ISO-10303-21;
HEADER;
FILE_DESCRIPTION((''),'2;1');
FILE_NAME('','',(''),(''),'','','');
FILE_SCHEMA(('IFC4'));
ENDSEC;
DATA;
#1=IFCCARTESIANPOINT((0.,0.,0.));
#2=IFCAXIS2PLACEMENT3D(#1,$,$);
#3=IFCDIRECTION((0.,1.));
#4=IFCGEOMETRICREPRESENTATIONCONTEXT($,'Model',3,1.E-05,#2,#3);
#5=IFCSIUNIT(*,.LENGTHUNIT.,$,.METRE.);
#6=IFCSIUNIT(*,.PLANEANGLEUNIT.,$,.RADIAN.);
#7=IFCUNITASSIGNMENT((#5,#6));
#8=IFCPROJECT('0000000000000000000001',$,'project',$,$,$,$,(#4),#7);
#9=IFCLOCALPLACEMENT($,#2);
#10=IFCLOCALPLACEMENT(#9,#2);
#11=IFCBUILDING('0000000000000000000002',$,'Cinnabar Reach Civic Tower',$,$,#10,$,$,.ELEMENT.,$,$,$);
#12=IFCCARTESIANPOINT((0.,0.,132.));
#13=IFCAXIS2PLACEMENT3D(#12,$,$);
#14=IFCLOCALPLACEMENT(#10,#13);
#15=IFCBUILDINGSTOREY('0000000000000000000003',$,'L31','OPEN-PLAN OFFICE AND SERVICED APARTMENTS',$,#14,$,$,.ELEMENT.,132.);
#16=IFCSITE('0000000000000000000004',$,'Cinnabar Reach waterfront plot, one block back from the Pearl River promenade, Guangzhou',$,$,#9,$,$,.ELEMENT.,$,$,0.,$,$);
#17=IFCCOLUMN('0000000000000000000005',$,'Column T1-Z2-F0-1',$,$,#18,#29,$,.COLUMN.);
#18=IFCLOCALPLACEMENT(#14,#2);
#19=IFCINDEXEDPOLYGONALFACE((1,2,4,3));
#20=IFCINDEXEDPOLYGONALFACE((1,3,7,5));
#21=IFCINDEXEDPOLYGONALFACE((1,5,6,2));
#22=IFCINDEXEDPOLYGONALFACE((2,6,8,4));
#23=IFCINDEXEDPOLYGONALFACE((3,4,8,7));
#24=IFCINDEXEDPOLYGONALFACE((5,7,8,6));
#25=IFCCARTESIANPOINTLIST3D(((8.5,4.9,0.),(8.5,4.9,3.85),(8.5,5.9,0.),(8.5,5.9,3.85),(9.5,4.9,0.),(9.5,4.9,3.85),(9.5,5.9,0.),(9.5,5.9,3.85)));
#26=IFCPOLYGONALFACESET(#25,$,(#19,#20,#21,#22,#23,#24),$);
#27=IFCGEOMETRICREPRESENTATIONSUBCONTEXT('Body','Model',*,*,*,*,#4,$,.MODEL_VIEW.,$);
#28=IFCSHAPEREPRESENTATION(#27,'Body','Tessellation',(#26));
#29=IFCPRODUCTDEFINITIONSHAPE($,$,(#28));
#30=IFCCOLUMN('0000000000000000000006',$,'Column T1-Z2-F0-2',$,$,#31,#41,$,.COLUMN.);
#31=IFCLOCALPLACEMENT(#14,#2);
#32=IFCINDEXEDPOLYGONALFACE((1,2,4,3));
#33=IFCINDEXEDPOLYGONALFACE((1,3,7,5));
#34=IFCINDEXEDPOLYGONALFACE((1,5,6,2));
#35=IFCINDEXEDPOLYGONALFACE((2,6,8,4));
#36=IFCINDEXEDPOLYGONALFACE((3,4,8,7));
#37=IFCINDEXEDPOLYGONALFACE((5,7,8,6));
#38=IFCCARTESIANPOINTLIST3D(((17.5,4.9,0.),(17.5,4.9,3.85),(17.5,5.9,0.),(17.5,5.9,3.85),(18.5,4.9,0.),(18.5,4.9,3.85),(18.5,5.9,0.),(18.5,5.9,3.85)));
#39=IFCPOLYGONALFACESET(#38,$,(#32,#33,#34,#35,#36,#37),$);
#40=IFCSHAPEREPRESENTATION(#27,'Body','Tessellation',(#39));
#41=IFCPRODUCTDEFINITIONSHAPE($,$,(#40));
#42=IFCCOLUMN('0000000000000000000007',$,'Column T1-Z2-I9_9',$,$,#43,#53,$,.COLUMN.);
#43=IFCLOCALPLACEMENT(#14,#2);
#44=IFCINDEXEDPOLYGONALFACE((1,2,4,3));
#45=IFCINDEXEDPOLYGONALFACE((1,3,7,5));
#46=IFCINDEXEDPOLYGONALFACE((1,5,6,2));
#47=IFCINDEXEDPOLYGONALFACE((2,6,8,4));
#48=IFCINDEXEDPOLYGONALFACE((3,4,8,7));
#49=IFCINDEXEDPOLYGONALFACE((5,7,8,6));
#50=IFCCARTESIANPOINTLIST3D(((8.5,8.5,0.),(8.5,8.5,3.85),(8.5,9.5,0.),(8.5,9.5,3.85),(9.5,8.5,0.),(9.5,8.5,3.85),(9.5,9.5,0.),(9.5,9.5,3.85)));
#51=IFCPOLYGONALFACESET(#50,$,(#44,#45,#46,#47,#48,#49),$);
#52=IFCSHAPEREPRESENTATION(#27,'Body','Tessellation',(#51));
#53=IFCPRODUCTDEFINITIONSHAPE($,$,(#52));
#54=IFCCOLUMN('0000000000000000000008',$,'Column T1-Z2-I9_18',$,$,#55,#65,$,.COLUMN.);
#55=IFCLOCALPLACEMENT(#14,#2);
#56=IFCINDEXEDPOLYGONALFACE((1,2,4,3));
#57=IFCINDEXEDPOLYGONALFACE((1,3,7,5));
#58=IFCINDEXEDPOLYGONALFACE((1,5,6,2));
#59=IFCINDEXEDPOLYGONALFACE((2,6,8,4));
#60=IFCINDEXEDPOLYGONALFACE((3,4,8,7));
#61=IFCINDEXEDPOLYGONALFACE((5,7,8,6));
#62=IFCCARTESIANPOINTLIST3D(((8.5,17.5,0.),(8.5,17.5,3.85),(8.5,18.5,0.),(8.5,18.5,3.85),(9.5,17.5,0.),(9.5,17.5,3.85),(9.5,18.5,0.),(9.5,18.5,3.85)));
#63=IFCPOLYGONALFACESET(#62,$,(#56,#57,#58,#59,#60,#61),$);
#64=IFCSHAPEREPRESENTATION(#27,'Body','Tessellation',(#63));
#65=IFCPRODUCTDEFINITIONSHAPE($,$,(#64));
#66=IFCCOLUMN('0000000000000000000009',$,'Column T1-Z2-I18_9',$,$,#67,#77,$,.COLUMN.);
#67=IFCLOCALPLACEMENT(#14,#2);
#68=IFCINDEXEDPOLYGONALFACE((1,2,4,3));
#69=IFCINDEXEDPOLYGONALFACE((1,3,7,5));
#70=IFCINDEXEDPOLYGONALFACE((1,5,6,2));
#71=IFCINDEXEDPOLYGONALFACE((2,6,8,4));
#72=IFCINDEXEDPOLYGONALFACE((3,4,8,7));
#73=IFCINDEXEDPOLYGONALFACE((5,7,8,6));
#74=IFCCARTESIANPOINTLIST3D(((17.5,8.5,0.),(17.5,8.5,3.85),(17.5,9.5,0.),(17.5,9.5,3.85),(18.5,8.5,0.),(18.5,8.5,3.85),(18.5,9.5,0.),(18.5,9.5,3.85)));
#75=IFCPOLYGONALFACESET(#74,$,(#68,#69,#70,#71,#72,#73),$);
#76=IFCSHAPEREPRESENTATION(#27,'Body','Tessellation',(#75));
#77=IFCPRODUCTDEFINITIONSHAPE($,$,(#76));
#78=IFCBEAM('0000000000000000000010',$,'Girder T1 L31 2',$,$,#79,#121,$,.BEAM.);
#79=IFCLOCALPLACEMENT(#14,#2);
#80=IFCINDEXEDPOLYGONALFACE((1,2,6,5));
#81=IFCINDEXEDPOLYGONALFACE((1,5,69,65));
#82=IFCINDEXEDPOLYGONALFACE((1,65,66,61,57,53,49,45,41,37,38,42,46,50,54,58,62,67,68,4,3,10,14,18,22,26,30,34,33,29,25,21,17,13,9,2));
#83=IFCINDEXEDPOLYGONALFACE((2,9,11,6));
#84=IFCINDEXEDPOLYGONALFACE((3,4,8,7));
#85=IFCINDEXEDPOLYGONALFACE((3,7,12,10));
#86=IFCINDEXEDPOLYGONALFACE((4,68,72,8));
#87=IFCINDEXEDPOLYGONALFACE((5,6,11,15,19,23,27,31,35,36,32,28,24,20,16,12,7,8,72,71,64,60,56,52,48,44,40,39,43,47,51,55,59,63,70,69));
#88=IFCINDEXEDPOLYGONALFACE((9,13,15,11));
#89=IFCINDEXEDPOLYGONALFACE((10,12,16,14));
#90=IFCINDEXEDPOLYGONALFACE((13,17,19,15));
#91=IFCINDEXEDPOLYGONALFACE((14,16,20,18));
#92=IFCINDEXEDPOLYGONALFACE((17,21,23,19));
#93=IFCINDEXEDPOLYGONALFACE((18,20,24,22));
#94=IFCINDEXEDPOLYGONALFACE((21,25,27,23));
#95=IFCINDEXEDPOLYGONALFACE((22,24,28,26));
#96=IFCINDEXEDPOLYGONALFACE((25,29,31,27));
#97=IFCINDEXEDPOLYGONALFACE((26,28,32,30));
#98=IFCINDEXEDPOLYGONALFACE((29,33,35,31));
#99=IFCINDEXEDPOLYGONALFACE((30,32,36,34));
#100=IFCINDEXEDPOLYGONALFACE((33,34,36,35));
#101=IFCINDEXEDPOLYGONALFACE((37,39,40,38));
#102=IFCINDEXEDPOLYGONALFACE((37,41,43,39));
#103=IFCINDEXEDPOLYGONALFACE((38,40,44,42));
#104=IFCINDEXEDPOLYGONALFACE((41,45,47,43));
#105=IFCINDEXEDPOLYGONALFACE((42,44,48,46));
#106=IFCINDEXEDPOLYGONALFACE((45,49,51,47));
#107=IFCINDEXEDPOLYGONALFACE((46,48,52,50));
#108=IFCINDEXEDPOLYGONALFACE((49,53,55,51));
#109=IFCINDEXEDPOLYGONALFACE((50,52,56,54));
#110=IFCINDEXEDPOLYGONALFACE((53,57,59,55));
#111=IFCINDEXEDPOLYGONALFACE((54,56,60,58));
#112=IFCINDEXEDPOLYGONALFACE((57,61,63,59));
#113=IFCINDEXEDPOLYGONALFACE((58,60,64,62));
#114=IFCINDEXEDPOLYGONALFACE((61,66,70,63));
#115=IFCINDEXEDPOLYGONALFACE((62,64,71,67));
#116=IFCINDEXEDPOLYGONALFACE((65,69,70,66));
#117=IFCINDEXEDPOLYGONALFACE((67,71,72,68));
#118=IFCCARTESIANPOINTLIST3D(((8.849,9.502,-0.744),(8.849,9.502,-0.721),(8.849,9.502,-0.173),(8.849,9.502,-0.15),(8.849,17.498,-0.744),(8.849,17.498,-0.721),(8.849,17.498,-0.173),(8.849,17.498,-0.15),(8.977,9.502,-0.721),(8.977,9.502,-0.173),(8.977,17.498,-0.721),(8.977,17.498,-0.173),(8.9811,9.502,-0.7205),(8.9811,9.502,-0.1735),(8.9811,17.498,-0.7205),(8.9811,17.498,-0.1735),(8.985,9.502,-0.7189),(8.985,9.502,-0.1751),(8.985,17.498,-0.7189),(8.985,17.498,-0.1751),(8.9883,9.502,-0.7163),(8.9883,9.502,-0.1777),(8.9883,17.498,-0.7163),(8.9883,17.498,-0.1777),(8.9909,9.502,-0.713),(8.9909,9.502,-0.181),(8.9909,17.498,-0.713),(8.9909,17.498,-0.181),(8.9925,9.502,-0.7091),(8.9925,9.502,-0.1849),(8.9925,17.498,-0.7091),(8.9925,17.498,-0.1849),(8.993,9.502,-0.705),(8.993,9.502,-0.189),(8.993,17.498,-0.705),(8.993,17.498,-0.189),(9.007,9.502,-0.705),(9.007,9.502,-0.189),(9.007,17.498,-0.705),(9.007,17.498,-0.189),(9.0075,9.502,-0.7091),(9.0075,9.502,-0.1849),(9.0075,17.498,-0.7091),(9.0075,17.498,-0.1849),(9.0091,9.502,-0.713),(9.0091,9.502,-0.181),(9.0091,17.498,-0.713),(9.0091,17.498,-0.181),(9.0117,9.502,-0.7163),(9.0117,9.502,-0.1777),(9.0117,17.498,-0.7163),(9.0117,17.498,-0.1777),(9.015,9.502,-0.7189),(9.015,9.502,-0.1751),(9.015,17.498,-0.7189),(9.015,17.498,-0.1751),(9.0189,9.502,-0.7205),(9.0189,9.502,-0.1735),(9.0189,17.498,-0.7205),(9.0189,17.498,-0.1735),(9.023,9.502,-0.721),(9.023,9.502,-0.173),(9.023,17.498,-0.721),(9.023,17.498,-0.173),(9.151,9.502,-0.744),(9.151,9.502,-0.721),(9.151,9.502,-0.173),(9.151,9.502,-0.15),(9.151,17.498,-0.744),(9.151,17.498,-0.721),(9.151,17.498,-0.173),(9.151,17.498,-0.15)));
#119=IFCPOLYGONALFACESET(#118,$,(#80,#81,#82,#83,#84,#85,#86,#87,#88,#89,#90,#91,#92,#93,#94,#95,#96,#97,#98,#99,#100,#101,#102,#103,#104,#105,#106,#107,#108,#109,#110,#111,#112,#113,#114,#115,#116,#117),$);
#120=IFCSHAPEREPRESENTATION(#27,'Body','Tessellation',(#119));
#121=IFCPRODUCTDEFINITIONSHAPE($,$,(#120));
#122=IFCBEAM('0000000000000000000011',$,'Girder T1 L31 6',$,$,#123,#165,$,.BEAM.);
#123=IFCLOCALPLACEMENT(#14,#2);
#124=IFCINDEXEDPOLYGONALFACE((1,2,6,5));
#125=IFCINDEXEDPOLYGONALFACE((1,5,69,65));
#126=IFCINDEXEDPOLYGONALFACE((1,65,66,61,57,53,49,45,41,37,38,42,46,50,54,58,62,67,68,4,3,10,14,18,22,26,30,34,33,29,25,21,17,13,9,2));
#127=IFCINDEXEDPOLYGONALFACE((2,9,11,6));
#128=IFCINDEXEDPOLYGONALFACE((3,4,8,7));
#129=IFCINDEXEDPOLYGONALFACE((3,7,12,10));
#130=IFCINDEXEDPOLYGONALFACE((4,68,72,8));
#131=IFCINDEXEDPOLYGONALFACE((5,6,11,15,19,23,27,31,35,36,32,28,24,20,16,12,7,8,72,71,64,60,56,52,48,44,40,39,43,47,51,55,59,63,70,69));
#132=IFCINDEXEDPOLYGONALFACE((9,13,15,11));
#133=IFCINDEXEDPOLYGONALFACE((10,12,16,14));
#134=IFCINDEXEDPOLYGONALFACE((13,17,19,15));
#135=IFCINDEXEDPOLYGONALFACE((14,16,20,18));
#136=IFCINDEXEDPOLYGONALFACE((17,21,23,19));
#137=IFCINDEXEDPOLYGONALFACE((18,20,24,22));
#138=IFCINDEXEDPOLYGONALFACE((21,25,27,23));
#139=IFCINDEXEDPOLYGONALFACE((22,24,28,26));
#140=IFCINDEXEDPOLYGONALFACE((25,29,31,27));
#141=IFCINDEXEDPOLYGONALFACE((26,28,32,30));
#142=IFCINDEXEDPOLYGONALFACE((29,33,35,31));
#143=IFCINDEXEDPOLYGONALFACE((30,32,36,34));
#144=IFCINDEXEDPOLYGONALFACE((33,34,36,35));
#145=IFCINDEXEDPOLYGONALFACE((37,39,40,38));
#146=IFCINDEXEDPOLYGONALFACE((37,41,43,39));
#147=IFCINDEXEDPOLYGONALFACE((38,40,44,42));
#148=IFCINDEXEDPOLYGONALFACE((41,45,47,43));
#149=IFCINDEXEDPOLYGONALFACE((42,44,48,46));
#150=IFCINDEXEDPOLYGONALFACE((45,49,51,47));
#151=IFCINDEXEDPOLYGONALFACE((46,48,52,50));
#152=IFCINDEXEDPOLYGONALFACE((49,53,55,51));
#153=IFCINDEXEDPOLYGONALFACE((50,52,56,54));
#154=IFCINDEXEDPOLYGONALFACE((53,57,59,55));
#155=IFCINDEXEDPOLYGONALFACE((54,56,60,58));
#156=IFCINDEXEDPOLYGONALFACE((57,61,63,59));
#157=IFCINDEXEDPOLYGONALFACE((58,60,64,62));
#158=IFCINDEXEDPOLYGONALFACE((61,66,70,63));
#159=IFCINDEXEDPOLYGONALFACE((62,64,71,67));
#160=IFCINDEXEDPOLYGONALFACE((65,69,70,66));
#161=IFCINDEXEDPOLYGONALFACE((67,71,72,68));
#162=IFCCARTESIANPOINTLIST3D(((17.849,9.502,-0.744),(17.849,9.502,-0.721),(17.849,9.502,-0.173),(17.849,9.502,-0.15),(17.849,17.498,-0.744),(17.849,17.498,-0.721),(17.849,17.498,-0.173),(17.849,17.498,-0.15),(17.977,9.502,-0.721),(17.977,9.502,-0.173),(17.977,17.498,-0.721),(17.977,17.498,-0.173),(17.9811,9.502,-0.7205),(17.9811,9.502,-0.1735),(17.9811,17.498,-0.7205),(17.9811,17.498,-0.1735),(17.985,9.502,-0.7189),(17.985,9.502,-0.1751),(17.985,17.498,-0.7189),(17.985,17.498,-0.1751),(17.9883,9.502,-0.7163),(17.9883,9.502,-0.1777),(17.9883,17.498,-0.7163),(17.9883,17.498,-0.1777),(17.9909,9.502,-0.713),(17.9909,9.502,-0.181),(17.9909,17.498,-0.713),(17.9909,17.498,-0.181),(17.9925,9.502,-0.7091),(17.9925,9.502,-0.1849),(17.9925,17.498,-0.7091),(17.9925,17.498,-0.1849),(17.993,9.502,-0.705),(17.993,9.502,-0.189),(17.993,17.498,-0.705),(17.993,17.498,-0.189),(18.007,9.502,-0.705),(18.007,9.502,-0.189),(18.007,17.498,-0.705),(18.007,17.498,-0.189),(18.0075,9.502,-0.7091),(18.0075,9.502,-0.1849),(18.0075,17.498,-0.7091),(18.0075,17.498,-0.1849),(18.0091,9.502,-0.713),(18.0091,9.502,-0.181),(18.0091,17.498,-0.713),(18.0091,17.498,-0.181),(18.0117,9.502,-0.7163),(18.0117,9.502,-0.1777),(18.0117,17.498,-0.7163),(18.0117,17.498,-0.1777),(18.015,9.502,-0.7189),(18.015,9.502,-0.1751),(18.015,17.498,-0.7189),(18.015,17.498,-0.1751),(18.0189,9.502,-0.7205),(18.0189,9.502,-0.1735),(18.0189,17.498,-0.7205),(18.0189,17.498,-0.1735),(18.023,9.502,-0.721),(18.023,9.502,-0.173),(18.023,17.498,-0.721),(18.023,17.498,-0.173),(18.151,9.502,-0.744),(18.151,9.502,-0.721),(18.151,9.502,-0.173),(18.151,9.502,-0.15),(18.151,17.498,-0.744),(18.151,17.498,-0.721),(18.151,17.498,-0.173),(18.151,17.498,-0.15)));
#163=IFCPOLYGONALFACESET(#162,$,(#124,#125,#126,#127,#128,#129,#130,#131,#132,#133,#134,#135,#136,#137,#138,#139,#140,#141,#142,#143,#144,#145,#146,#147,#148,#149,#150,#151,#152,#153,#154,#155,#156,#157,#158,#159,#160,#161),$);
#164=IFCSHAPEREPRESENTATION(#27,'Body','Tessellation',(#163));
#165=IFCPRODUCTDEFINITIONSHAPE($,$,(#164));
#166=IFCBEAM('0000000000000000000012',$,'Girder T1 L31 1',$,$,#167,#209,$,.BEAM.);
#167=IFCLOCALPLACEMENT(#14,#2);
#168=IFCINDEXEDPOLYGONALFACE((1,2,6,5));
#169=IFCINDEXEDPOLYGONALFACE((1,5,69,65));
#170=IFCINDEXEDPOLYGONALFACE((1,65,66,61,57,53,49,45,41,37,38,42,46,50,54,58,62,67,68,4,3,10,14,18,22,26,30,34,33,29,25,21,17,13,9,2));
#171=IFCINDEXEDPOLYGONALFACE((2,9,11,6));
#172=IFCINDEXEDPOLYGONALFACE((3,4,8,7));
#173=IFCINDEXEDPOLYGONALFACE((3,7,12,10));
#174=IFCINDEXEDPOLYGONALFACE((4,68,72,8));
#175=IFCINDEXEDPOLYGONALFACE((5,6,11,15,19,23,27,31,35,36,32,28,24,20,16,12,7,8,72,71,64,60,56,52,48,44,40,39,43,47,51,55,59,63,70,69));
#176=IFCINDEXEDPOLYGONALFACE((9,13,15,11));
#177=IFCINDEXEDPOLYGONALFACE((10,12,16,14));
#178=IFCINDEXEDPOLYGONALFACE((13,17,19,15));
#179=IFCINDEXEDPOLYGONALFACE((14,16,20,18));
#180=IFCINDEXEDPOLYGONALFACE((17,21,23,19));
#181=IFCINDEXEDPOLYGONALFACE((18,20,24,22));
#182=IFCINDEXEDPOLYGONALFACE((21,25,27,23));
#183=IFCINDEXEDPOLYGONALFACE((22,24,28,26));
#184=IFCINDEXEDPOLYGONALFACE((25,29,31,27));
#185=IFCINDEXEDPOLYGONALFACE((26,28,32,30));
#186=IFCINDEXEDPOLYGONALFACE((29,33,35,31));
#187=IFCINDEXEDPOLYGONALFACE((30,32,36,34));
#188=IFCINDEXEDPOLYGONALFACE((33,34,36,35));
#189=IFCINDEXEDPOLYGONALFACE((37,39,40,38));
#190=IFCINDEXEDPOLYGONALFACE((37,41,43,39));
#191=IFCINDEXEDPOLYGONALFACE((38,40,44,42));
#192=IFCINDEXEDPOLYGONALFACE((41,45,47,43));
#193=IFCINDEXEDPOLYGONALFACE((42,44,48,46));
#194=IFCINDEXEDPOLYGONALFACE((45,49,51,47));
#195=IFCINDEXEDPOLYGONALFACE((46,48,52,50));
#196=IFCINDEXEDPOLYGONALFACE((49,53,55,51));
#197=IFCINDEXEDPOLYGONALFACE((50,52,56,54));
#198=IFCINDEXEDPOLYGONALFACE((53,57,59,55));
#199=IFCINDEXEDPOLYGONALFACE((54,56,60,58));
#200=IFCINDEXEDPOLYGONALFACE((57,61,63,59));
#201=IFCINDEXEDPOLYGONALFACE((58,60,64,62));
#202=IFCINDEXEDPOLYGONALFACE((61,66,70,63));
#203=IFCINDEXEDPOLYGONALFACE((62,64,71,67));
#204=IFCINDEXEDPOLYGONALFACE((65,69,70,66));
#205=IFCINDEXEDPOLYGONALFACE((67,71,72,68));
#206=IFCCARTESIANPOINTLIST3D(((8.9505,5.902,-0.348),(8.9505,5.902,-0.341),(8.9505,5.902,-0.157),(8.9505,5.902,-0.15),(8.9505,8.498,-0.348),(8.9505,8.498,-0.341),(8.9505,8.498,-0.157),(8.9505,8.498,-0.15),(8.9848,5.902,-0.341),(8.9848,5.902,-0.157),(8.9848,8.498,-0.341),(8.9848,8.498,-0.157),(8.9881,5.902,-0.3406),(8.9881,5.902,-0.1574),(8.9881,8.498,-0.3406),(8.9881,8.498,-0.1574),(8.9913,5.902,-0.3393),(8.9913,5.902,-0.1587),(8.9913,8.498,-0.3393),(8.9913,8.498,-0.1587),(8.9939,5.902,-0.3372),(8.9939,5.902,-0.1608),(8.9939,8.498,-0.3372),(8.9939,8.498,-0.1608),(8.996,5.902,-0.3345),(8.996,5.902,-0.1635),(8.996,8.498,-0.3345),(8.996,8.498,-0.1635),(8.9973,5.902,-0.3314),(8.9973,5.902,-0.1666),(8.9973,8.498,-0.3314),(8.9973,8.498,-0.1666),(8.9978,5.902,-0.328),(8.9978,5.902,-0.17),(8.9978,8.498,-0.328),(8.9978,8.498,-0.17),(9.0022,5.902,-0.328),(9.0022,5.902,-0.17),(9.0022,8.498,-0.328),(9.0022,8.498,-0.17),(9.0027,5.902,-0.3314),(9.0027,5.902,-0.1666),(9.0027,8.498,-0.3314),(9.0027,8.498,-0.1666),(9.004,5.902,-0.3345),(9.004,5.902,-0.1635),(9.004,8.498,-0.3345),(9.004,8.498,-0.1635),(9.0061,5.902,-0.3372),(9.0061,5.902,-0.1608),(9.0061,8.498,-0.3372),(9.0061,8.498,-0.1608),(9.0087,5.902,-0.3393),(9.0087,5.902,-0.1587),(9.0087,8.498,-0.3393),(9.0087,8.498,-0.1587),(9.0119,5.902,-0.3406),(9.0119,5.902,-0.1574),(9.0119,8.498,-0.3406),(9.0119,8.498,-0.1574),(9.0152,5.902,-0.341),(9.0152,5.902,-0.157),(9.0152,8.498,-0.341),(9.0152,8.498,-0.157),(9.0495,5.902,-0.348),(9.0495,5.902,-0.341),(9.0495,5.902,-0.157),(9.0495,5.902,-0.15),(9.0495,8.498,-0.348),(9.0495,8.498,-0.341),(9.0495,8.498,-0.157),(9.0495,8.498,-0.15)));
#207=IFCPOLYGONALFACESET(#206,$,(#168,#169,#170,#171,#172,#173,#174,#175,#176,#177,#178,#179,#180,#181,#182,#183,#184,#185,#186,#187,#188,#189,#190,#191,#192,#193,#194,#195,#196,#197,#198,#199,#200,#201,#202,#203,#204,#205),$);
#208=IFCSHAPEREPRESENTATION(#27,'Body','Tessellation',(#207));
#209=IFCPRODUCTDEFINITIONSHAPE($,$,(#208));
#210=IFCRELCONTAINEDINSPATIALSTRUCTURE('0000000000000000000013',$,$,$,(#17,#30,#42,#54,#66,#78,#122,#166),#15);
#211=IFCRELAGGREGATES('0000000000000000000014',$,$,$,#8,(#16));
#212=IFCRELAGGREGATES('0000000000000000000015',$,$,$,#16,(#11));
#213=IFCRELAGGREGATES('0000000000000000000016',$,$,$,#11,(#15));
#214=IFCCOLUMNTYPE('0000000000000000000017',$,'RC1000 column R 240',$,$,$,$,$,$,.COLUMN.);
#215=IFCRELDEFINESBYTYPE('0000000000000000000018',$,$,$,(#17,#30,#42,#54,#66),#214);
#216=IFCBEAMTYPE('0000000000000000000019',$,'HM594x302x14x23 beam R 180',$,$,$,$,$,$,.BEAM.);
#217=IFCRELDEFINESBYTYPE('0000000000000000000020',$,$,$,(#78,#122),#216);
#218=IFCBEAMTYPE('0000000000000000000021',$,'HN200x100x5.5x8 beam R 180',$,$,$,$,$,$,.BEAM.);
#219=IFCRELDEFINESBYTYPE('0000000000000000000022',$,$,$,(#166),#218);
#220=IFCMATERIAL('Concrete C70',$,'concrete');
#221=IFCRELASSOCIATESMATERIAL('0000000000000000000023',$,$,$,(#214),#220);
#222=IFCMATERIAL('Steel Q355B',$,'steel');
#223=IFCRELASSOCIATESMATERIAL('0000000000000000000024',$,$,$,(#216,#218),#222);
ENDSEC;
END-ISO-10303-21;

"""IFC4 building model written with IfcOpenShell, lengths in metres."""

from ifc_helpers import new_model, si_unit, direction, frame, origin, origin_2d, place, context, subcontext, project, spatial, rectangle, i_section, extrude, material, material_profile, profile_set, type_object, element, save


model = new_model("IFC4")

# Units and contexts
model_context = context("Model", 3, precision=1e-05, world=origin(), true_north=direction((0.0, 1.0)))
body_context = subcontext(model_context, "Body", "Model", "MODEL_VIEW")
ifc_project = project(units=[si_unit("LENGTHUNIT", "METRE"), si_unit("PLANEANGLEUNIT", "RADIAN")], contexts=[model_context])

# Site, building, storey
site_placement = place(None, origin())
site = spatial("IfcSite", under=ifc_project, at=site_placement, Name="Cinnabar Reach waterfront plot, one block back from the Pearl River promenade, Guangzhou", CompositionType="ELEMENT", RefElevation=0.0)
building_placement = place(site_placement, origin())
building = spatial("IfcBuilding", under=site, at=building_placement, Name="Cinnabar Reach Civic Tower", CompositionType="ELEMENT")
storey_placement = place(building_placement, frame((0.0, 0.0, 132.0)))
storey = spatial("IfcBuildingStorey", under=building, at=storey_placement, Name="L31", Description="OPEN-PLAN OFFICE AND SERVICED APARTMENTS", CompositionType="ELEMENT", Elevation=132.0)

# Columns
ifc_material_1 = material(Name="Concrete C70", Category="concrete")
ifc_material_profile_1 = material_profile(ifc_material_1, rectangle(XDim=1.0, YDim=1.0, at=origin_2d()), Name="RC1000")
ifc_profile_set_1 = profile_set([ifc_material_profile_1], Name="Concrete C70")
column_type = type_object("IfcColumnType", Name="RC1000 column R 240", PredefinedType="COLUMN", material=ifc_profile_set_1)
for number, where, z_axis, x_axis, name in (
    (1, (9.0, 5.4, 0.0), (0.0, 0.0, 1.0), (1.0, 0.0, 0.0), "Column T1-Z2-F0-1"),
    (2, (18.0, 5.4, 0.0), (0.0, 0.0, 1.0), (1.0, 0.0, 0.0), "Column T1-Z2-F0-2"),
    (3, (9.0, 9.0, 0.0), (0.0, 0.0, 1.0), (1.0, 0.0, 0.0), "Column T1-Z2-I9_9"),
    (4, (9.0, 18.0, 0.0), (0.0, 0.0, 1.0), (1.0, 0.0, 0.0), "Column T1-Z2-I9_18"),
    (5, (18.0, 9.0, 0.0), (0.0, 0.0, 1.0), (1.0, 0.0, 0.0), "Column T1-Z2-I18_9"),
):
    element("IfcColumn", number, at=place(storey_placement, frame(where, z_axis=z_axis, x_axis=x_axis)), inside=storey, type_object=column_type, Name=name, PredefinedType="COLUMN", context=body_context, shape_type="SweptSolid", body=[
        extrude(rectangle(XDim=1.0, YDim=1.0, at=origin_2d()), origin(), (0.0, 0.0, 1.0), 3.85),
    ])

# Beams
ifc_material_2 = material(Name="Steel Q355B", Category="steel")
ifc_material_profile_2 = material_profile(ifc_material_2, i_section(OverallWidth=0.302, OverallDepth=0.594, WebThickness=0.014, FlangeThickness=0.023, FilletRadius=0.016, at=origin_2d()), Name="HM594x302x14x23")
ifc_profile_set_2 = profile_set([ifc_material_profile_2], Name="Steel Q355B")
beam_type_1 = type_object("IfcBeamType", Name="HM594x302x14x23 beam R 180", PredefinedType="BEAM", material=ifc_profile_set_2)
for number, where, z_axis, x_axis, name in (
    (6, (9.0, 9.502, -0.447), (0.0, 1.0, 0.0), (-1.0, 0.0, 0.0), "Girder T1 L31 2"),
    (7, (18.0, 9.502, -0.447), (0.0, 1.0, 0.0), (-1.0, 0.0, 0.0), "Girder T1 L31 6"),
):
    element("IfcBeam", number, at=place(storey_placement, frame(where, z_axis=z_axis, x_axis=x_axis)), inside=storey, type_object=beam_type_1, Name=name, PredefinedType="BEAM", context=body_context, shape_type="SweptSolid", body=[
        extrude(i_section(OverallWidth=0.302, OverallDepth=0.594, WebThickness=0.014, FlangeThickness=0.023, FilletRadius=0.016, at=origin_2d()), origin(), (0.0, 0.0, 1.0), 7.996),
    ])
ifc_material_profile_3 = material_profile(ifc_material_2, i_section(OverallWidth=0.099, OverallDepth=0.198, WebThickness=0.0045, FlangeThickness=0.007, FilletRadius=0.013, at=origin_2d()), Name="HN200x100x5.5x8")
ifc_profile_set_3 = profile_set([ifc_material_profile_3], Name="Steel Q355B")
beam_type_2 = type_object("IfcBeamType", Name="HN200x100x5.5x8 beam R 180", PredefinedType="BEAM", material=ifc_profile_set_3)
for number, where, z_axis, x_axis, name in (
    (8, (9.0, 5.902, -0.249), (0.0, 1.0, 0.0), (-1.0, 0.0, 0.0), "Girder T1 L31 1"),
):
    element("IfcBeam", number, at=place(storey_placement, frame(where, z_axis=z_axis, x_axis=x_axis)), inside=storey, type_object=beam_type_2, Name=name, PredefinedType="BEAM", context=body_context, shape_type="SweptSolid", body=[
        extrude(i_section(OverallWidth=0.099, OverallDepth=0.198, WebThickness=0.0045, FlangeThickness=0.007, FilletRadius=0.013, at=origin_2d()), origin(), (0.0, 0.0, 1.0), 2.596),
    ])

save(model, "model.ifc")
